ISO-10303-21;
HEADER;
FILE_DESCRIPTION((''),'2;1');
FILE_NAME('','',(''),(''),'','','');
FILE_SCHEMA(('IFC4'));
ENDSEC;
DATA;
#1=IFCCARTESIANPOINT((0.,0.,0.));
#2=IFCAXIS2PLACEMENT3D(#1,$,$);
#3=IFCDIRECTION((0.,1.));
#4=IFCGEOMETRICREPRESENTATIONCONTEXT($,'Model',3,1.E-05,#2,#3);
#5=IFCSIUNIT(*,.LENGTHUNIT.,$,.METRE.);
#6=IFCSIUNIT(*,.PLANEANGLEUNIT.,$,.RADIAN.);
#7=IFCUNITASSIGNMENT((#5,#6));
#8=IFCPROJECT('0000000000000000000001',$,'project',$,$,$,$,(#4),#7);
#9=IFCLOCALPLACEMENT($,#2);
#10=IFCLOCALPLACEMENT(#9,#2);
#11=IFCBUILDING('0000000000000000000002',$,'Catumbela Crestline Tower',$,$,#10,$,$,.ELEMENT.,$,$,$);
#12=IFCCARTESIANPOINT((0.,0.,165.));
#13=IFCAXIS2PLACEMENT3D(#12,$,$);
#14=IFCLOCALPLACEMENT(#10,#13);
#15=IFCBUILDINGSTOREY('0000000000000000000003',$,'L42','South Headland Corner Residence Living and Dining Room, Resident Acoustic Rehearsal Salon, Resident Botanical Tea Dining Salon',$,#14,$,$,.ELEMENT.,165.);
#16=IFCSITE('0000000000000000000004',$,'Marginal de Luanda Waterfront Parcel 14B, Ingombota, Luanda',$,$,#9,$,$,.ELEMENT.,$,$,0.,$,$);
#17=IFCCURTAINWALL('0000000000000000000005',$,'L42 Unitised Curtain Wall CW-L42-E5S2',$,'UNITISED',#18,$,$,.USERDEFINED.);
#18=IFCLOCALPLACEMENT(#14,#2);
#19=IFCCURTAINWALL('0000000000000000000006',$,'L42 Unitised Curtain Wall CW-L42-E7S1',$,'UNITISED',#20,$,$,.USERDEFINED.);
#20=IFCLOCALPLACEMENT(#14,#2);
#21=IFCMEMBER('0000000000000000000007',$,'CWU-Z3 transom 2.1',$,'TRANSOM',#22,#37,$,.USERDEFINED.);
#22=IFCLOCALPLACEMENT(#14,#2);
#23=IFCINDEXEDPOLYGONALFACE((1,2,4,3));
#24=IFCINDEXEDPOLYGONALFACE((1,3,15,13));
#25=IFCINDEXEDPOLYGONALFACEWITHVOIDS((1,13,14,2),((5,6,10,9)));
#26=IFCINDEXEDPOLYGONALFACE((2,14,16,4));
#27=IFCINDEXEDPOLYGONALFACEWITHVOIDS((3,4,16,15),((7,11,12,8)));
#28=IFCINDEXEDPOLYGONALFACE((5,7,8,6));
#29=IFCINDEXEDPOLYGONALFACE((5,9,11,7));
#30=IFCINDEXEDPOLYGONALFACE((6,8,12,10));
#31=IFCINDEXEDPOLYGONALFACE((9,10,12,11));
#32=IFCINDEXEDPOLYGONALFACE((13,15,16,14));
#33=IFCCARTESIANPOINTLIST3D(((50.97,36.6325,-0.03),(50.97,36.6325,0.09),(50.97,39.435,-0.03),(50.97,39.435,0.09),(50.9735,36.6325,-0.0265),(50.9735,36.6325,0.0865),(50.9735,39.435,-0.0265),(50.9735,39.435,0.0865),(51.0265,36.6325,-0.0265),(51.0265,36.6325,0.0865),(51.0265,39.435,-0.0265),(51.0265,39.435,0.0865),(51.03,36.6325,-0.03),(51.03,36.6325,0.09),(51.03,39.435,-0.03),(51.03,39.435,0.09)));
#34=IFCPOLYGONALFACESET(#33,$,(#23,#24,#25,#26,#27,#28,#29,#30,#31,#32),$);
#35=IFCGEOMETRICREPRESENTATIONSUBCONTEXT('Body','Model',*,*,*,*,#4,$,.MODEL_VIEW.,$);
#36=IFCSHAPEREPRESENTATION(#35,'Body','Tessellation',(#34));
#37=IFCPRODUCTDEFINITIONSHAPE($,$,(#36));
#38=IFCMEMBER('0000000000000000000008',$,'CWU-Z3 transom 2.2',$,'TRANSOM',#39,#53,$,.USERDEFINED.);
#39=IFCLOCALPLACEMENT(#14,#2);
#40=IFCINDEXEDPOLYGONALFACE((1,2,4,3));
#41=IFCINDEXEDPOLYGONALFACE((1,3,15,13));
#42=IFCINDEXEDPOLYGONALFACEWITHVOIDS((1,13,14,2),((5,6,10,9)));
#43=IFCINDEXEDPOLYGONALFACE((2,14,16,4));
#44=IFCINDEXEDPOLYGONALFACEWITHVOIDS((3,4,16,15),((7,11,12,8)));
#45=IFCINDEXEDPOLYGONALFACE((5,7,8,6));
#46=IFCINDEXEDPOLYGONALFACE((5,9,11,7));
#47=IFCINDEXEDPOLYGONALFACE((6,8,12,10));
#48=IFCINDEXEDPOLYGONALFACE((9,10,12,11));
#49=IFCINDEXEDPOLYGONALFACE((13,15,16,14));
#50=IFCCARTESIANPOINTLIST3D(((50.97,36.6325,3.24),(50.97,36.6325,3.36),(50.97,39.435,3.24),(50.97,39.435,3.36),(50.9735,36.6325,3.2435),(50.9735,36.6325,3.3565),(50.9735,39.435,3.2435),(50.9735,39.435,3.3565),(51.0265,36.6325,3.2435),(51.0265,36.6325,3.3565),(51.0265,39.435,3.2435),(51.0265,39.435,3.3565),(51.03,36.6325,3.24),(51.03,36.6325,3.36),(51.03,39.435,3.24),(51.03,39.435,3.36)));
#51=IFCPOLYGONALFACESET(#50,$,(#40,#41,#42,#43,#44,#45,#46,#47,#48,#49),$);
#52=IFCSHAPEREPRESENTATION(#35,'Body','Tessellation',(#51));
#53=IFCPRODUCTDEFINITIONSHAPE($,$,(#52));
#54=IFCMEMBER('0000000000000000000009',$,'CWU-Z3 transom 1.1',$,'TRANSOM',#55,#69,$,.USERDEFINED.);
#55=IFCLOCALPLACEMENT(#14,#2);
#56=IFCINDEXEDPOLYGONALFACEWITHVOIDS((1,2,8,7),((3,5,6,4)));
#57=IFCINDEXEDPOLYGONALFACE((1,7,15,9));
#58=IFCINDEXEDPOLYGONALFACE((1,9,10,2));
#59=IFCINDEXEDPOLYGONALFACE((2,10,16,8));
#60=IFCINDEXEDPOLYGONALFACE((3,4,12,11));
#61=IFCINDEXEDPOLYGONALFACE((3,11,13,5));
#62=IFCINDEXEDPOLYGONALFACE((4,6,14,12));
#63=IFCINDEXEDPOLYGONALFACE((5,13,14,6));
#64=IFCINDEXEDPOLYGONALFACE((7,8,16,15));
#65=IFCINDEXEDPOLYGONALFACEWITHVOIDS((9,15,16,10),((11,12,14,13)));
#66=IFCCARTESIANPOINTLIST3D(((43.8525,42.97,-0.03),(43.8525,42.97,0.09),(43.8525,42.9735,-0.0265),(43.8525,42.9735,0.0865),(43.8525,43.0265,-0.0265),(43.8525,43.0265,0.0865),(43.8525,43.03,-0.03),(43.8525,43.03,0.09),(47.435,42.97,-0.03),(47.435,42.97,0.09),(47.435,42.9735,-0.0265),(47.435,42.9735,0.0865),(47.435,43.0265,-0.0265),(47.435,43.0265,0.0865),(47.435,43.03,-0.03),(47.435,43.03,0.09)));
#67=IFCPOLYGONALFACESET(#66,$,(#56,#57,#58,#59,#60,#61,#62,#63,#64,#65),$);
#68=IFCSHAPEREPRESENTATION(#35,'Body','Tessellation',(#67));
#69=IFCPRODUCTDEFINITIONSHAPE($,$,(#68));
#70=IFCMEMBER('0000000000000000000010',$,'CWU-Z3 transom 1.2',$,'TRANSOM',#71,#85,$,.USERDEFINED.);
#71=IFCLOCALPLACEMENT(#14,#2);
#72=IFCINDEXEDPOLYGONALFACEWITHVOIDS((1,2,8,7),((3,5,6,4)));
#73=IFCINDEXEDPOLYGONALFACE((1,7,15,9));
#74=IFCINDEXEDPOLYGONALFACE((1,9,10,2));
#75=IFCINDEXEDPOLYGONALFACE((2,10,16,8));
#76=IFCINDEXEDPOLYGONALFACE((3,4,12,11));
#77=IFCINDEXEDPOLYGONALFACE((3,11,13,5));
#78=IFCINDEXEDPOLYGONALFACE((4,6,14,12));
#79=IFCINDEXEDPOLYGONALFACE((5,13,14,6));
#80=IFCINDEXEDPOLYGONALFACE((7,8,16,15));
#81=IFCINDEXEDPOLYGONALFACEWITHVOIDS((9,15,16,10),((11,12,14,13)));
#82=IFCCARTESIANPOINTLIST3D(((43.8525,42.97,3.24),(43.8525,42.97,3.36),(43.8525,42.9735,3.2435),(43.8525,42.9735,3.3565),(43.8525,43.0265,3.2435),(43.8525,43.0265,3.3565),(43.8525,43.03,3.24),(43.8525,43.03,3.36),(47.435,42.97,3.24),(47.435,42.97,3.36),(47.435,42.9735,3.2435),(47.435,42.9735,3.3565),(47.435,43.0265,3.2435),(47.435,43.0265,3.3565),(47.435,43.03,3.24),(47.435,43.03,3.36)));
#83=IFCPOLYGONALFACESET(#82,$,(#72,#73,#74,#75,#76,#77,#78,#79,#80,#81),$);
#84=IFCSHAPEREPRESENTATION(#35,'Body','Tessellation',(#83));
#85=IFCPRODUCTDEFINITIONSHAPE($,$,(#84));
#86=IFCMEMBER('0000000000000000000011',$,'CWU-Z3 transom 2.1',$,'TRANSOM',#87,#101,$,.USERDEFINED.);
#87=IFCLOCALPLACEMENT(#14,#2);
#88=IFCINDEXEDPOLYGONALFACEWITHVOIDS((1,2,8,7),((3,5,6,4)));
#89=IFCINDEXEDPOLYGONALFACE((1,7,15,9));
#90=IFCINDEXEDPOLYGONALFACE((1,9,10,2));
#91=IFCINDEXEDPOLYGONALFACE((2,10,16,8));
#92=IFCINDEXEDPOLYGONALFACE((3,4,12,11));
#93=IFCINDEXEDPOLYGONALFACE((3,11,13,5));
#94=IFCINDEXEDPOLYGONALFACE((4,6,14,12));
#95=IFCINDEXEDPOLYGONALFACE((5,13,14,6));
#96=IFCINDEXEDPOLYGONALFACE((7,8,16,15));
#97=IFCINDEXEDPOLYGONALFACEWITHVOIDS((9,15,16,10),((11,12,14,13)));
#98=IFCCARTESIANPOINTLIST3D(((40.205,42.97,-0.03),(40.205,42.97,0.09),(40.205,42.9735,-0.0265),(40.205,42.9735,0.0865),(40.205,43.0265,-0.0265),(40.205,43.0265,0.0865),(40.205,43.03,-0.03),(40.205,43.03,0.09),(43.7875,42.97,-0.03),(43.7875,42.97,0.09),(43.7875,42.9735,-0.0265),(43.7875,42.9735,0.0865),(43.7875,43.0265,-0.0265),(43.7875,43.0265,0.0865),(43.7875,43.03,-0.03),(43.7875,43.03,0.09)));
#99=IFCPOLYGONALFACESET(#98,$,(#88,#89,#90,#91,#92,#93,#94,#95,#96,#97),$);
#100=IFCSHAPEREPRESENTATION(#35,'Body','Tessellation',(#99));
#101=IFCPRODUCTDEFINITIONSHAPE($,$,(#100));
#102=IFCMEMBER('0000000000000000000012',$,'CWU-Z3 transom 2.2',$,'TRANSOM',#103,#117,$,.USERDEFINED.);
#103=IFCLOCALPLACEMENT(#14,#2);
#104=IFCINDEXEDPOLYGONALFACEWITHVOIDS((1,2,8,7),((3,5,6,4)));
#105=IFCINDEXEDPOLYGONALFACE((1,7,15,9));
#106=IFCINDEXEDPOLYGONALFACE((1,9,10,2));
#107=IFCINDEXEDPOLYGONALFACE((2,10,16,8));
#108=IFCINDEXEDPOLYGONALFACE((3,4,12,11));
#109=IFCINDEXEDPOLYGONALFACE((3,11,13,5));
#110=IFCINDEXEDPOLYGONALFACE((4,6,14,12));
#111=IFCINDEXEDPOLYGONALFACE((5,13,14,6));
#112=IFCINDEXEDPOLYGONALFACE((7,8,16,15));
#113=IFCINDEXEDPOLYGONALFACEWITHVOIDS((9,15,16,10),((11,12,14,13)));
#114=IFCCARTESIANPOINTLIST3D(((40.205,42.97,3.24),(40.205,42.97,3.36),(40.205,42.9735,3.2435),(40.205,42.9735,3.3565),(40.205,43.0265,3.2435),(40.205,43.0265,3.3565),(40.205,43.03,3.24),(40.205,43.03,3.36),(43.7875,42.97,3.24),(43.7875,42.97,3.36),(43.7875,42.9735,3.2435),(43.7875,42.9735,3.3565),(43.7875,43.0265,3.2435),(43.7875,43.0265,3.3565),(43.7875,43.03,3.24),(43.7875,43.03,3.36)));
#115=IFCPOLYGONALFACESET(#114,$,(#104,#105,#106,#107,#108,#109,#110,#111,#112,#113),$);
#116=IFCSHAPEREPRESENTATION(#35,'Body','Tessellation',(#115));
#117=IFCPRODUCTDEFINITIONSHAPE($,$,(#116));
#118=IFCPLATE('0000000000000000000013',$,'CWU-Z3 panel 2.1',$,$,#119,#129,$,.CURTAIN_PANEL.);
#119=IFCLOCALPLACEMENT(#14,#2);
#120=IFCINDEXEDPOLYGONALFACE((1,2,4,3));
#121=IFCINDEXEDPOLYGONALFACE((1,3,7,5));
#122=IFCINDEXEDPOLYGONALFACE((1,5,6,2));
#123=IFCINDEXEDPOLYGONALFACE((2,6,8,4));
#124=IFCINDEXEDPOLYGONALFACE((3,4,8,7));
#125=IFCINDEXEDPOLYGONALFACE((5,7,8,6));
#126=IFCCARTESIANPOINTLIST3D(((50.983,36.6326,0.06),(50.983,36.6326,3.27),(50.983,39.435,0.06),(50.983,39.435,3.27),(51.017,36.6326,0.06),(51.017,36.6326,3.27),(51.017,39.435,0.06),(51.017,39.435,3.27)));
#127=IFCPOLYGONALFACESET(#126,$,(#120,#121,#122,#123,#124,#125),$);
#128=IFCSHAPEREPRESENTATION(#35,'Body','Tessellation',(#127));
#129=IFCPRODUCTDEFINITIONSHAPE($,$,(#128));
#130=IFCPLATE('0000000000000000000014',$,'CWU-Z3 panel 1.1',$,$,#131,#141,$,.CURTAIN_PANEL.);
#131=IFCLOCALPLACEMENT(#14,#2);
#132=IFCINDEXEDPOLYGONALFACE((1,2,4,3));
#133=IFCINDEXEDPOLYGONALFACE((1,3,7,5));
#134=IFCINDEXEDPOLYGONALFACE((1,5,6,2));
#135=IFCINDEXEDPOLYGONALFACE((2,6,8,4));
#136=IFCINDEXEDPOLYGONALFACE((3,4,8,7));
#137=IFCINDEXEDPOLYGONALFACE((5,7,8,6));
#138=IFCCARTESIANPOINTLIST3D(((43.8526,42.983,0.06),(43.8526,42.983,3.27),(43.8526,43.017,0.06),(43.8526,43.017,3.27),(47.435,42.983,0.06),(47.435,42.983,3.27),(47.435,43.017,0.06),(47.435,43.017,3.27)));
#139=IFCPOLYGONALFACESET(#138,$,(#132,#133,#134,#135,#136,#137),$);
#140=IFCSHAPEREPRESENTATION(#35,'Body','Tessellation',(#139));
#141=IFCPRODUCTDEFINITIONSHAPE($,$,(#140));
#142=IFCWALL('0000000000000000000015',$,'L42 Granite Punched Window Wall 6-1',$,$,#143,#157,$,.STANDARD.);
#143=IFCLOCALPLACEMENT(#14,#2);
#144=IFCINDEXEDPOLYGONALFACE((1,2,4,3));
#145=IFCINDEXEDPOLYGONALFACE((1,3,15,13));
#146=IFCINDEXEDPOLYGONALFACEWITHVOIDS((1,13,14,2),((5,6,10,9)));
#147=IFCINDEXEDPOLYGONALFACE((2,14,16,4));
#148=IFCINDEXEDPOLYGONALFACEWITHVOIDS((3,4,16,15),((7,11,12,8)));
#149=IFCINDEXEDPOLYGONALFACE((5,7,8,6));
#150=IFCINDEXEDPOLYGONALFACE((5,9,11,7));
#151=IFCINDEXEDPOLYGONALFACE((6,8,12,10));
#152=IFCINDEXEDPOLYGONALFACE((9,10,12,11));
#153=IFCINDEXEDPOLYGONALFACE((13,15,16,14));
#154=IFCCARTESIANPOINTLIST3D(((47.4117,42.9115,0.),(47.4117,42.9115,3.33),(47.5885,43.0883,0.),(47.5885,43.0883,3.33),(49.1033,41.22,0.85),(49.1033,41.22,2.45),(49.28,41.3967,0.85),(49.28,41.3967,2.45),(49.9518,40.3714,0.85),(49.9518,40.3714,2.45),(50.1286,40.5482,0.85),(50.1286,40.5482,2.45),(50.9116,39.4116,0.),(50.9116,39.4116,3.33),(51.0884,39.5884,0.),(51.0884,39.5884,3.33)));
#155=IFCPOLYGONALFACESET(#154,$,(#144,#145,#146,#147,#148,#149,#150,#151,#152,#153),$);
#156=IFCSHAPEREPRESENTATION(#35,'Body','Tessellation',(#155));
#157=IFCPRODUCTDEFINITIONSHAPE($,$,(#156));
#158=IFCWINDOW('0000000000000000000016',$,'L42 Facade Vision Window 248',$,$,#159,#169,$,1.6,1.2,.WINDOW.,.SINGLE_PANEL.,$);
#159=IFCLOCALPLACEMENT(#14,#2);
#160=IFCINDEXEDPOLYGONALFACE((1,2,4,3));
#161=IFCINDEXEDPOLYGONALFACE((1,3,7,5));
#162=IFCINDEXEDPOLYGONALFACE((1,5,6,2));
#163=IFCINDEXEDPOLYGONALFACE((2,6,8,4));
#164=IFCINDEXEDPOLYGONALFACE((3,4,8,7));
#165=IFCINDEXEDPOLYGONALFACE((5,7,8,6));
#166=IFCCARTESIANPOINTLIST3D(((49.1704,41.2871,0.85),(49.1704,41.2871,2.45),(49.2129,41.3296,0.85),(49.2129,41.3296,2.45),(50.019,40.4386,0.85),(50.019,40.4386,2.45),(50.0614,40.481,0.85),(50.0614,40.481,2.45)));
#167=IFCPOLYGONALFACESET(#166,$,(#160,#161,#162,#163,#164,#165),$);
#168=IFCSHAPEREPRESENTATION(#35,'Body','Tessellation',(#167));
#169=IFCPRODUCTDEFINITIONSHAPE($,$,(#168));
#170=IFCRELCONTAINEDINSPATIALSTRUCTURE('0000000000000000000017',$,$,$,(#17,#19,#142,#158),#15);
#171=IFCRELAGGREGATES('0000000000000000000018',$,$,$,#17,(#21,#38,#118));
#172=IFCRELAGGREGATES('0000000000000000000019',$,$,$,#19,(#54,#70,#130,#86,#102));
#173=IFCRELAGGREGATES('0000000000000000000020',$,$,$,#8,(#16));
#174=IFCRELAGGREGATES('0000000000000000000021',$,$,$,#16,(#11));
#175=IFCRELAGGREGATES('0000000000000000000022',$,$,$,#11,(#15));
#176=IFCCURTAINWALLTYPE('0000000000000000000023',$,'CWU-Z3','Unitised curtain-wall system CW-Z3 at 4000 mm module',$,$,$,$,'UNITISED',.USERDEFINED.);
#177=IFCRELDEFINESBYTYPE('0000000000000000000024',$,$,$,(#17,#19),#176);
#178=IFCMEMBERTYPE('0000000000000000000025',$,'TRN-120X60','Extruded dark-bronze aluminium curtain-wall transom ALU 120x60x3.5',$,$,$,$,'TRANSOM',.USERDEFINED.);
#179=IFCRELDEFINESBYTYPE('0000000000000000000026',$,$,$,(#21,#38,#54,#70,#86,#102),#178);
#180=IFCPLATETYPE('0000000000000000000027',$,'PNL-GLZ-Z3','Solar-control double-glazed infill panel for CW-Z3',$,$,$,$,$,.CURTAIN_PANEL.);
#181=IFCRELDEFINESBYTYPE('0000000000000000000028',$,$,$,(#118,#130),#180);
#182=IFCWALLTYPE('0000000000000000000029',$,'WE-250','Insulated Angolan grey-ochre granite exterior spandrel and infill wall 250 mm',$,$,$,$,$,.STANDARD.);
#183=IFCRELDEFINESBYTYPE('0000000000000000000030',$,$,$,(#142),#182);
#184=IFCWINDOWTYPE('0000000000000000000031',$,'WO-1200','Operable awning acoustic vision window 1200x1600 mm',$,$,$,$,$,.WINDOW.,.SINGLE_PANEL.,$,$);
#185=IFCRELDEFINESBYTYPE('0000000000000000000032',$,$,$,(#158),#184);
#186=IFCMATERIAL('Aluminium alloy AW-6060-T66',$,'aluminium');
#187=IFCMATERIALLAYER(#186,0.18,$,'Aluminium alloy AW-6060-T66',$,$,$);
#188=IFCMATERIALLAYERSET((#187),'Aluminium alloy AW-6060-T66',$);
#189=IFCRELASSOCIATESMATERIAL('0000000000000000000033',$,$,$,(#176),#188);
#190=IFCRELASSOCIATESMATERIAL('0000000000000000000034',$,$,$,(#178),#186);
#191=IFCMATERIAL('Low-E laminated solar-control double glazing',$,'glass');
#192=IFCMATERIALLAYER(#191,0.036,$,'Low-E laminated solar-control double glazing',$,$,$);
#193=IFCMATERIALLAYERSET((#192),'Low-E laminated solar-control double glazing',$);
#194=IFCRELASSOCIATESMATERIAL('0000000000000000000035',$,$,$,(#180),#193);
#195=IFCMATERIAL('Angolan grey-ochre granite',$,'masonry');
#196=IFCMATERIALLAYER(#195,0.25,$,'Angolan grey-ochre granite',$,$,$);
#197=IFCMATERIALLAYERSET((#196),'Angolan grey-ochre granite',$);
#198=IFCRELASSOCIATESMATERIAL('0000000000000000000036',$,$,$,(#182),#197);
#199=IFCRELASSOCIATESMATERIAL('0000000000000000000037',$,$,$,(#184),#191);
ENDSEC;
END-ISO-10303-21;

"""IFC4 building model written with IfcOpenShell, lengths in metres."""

from ifc_helpers import new_model, si_unit, direction, frame, frame_2d, origin, origin_2d, place, context, subcontext, project, spatial, rectangle, hollow_rectangle, extrude, material, layer, layer_set, material_profile, profile_set, type_object, element, fill, aggregate, save


model = new_model("IFC4")

# Units and contexts
model_context = context("Model", 3, precision=1e-05, world=origin(), true_north=direction((0.0, 1.0)))
body_context = subcontext(model_context, "Body", "Model", "MODEL_VIEW")
ifc_project = project(units=[si_unit("LENGTHUNIT", "METRE"), si_unit("PLANEANGLEUNIT", "RADIAN")], contexts=[model_context])

# Site, building, storey
site_placement = place(None, origin())
site = spatial("IfcSite", under=ifc_project, at=site_placement, Name="Marginal de Luanda Waterfront Parcel 14B, Ingombota, Luanda", CompositionType="ELEMENT", RefElevation=0.0)
building_placement = place(site_placement, origin())
building = spatial("IfcBuilding", under=site, at=building_placement, Name="Catumbela Crestline Tower", CompositionType="ELEMENT")
storey_placement = place(building_placement, frame((0.0, 0.0, 165.0)))
storey = spatial("IfcBuildingStorey", under=building, at=storey_placement, Name="L42", Description="South Headland Corner Residence Living and Dining Room, Resident Acoustic Rehearsal Salon, Resident Botanical Tea Dining Salon", CompositionType="ELEMENT", Elevation=165.0)

# Curtain wall
ifc_material_1 = material(Name="Aluminium alloy AW-6060-T66", Category="aluminium")
ifc_layer_1 = layer(ifc_material_1, 0.18, Name="Aluminium alloy AW-6060-T66")
ifc_layer_set_1 = layer_set([ifc_layer_1], Name="Aluminium alloy AW-6060-T66")
curtain_wall_type = type_object("IfcCurtainWallType", Name="CWU-Z3", Description="Unitised curtain-wall system CW-Z3 at 4000 mm module", ElementType="UNITISED", PredefinedType="USERDEFINED", material=ifc_layer_set_1)
curtain_wall_1_placement = place(storey_placement, origin())
curtain_wall_1 = element("IfcCurtainWall", 1, at=curtain_wall_1_placement, inside=storey, type_object=curtain_wall_type, Name="L42 Unitised Curtain Wall CW-L42-E5S2", ObjectType="UNITISED", PredefinedType="USERDEFINED")

# Curtain wall
curtain_wall_2_placement = place(storey_placement, origin())
curtain_wall_2 = element("IfcCurtainWall", 2, at=curtain_wall_2_placement, inside=storey, type_object=curtain_wall_type, Name="L42 Unitised Curtain Wall CW-L42-E7S1", ObjectType="UNITISED", PredefinedType="USERDEFINED")

# Members
ifc_material_profile_1 = material_profile(ifc_material_1, hollow_rectangle(XDim=0.06, YDim=0.12, WallThickness=0.0035, at=origin_2d()), Name="ALU 120x60x3.5")
ifc_profile_set_1 = profile_set([ifc_material_profile_1], Name="Aluminium alloy AW-6060-T66")
member_type_1 = type_object("IfcMemberType", Name="TRN-120X60", Description="Extruded dark-bronze aluminium curtain-wall transom ALU 120x60x3.5", ElementType="TRANSOM", PredefinedType="USERDEFINED", material=ifc_profile_set_1)
member_1_placement = place(storey_placement, frame((51.0, 36.6325, 0.03), z_axis=(0.0, 1.0, 0.0), x_axis=(-1.0, 0.0, 0.0)))
member_1 = element("IfcMember", 3, at=member_1_placement, type_object=member_type_1, Name="CWU-Z3 transom 2.1", ObjectType="TRANSOM", PredefinedType="USERDEFINED", context=body_context, shape_type="SweptSolid", body=[
    extrude(hollow_rectangle(XDim=0.06, YDim=0.12, WallThickness=0.0035, at=origin_2d()), origin(), (0.0, 0.0, 1.0), 2.8025),
])
member_2_placement = place(storey_placement, frame((51.0, 36.6325, 3.3), z_axis=(0.0, 1.0, 0.0), x_axis=(-1.0, 0.0, 0.0)))
member_2 = element("IfcMember", 4, at=member_2_placement, type_object=member_type_1, Name="CWU-Z3 transom 2.2", ObjectType="TRANSOM", PredefinedType="USERDEFINED", context=body_context, shape_type="SweptSolid", body=[
    extrude(hollow_rectangle(XDim=0.06, YDim=0.12, WallThickness=0.0035, at=origin_2d()), origin(), (0.0, 0.0, 1.0), 2.8025),
])
member_3_placement = place(storey_placement, frame((47.435, 43.0, 0.03), z_axis=(-1.0, 0.0, 0.0), x_axis=(0.0, -1.0, 0.0)))
member_3 = element("IfcMember", 5, at=member_3_placement, type_object=member_type_1, Name="CWU-Z3 transom 1.1", ObjectType="TRANSOM", PredefinedType="USERDEFINED", context=body_context, shape_type="SweptSolid", body=[
    extrude(hollow_rectangle(XDim=0.06, YDim=0.12, WallThickness=0.0035, at=origin_2d()), origin(), (0.0, 0.0, 1.0), 3.5825),
])
member_4_placement = place(storey_placement, frame((47.435, 43.0, 3.3), z_axis=(-1.0, 0.0, 0.0), x_axis=(0.0, -1.0, 0.0)))
member_4 = element("IfcMember", 6, at=member_4_placement, type_object=member_type_1, Name="CWU-Z3 transom 1.2", ObjectType="TRANSOM", PredefinedType="USERDEFINED", context=body_context, shape_type="SweptSolid", body=[
    extrude(hollow_rectangle(XDim=0.06, YDim=0.12, WallThickness=0.0035, at=origin_2d()), origin(), (0.0, 0.0, 1.0), 3.5825),
])
member_5_placement = place(storey_placement, frame((43.7875, 43.0, 0.03), z_axis=(-1.0, 0.0, 0.0), x_axis=(0.0, -1.0, 0.0)))
member_5 = element("IfcMember", 7, at=member_5_placement, type_object=member_type_1, Name="CWU-Z3 transom 2.1", ObjectType="TRANSOM", PredefinedType="USERDEFINED", context=body_context, shape_type="SweptSolid", body=[
    extrude(hollow_rectangle(XDim=0.06, YDim=0.12, WallThickness=0.0035, at=origin_2d()), origin(), (0.0, 0.0, 1.0), 3.5825),
])
member_6_placement = place(storey_placement, frame((43.7875, 43.0, 3.3), z_axis=(-1.0, 0.0, 0.0), x_axis=(0.0, -1.0, 0.0)))
member_6 = element("IfcMember", 8, at=member_6_placement, type_object=member_type_1, Name="CWU-Z3 transom 2.2", ObjectType="TRANSOM", PredefinedType="USERDEFINED", context=body_context, shape_type="SweptSolid", body=[
    extrude(hollow_rectangle(XDim=0.06, YDim=0.12, WallThickness=0.0035, at=origin_2d()), origin(), (0.0, 0.0, 1.0), 3.5825),
])

# Plates
ifc_material_2 = material(Name="Low-E laminated solar-control double glazing", Category="glass")
ifc_layer_2 = layer(ifc_material_2, 0.036, Name="Low-E laminated solar-control double glazing")
ifc_layer_set_2 = layer_set([ifc_layer_2], Name="Low-E laminated solar-control double glazing")
plate_type = type_object("IfcPlateType", Name="PNL-GLZ-Z3", Description="Solar-control double-glazed infill panel for CW-Z3", PredefinedType="CURTAIN_PANEL", material=ifc_layer_set_2)
plate_1_placement = place(storey_placement, frame((51.0, 38.0338, 0.06), z_axis=(0.0, 0.0, 1.0), x_axis=(0.0, 1.0, 0.0)))
plate_1 = element("IfcPlate", 9, at=plate_1_placement, type_object=plate_type, Name="CWU-Z3 panel 2.1", PredefinedType="CURTAIN_PANEL", context=body_context, shape_type="SweptSolid", body=[
    extrude(rectangle(XDim=2.8025, YDim=0.034, at=origin_2d()), origin(), (0.0, 0.0, 1.0), 3.21),
])
aggregate(curtain_wall_1, [member_1, member_2, plate_1])
plate_2_placement = place(storey_placement, frame((45.6438, 43.0, 0.06), z_axis=(0.0, 0.0, 1.0), x_axis=(-1.0, 0.0, 0.0)))
plate_2 = element("IfcPlate", 10, at=plate_2_placement, type_object=plate_type, Name="CWU-Z3 panel 1.1", PredefinedType="CURTAIN_PANEL", context=body_context, shape_type="SweptSolid", body=[
    extrude(rectangle(XDim=3.5825, YDim=0.034, at=origin_2d()), origin(), (0.0, 0.0, 1.0), 3.21),
])
aggregate(curtain_wall_2, [member_3, member_4, plate_2, member_5, member_6])

# Wall, opening, window
ifc_material_3 = material(Name="Angolan grey-ochre granite", Category="masonry")
ifc_layer_3 = layer(ifc_material_3, 0.25, Name="Angolan grey-ochre granite")
ifc_layer_set_3 = layer_set([ifc_layer_3], Name="Angolan grey-ochre granite")
wall_type_1 = type_object("IfcWallType", Name="WE-250", Description="Insulated Angolan grey-ochre granite exterior spandrel and infill wall 250 mm", PredefinedType="STANDARD", material=ifc_layer_set_3)
wall_1_placement = place(storey_placement, frame((51.0, 39.5, 0.0), z_axis=(0.0, 0.0, 1.0), x_axis=(-0.707107, 0.707107, 0.0)))
wall_1 = element("IfcWall", 11, at=wall_1_placement, inside=storey, type_object=wall_type_1, Name="L42 Granite Punched Window Wall 6-1", PredefinedType="STANDARD", context=body_context, shape_type="SweptSolid", body=[
    extrude(rectangle(XDim=4.9497, YDim=0.25, at=frame_2d((2.4748, 0.0))), origin(), (0.0, 0.0, 1.0), 3.33),
])
opening_1_placement = place(wall_1_placement, frame((1.3574, 0.0, 0.85)))
opening_1 = element("IfcOpeningElement", 12, at=opening_1_placement, cuts=wall_1, PredefinedType="OPENING", context=body_context, shape_type="SweptSolid", body=[
    extrude(rectangle(XDim=1.2, YDim=1.6, at=frame_2d((0.6, 0.8))), frame((0.0, 0.135, 0.0), z_axis=(0.0, -1.0, 0.0), x_axis=(1.0, 0.0, 0.0)), (0.0, 0.0, 1.0), 0.27),
])
window_type = type_object("IfcWindowType", Name="WO-1200", Description="Operable awning acoustic vision window 1200x1600 mm", PartitioningType="SINGLE_PANEL", PredefinedType="WINDOW", material=ifc_material_2)
window_placement = place(opening_1_placement, origin())
window = element("IfcWindow", 13, at=window_placement, inside=storey, type_object=window_type, Name="L42 Facade Vision Window 248", OverallHeight=1.6, OverallWidth=1.2, PartitioningType="SINGLE_PANEL", PredefinedType="WINDOW", context=body_context, shape_type="SweptSolid", body=[
    extrude(rectangle(XDim=1.2, YDim=1.6, at=frame_2d((0.6, 0.8))), frame((0.0, 0.03, 0.0), z_axis=(0.0, -1.0, 0.0), x_axis=(1.0, 0.0, 0.0)), (0.0, 0.0, 1.0), 0.06),
])
fill(opening_1, window)

save(model, "model.ifc")
